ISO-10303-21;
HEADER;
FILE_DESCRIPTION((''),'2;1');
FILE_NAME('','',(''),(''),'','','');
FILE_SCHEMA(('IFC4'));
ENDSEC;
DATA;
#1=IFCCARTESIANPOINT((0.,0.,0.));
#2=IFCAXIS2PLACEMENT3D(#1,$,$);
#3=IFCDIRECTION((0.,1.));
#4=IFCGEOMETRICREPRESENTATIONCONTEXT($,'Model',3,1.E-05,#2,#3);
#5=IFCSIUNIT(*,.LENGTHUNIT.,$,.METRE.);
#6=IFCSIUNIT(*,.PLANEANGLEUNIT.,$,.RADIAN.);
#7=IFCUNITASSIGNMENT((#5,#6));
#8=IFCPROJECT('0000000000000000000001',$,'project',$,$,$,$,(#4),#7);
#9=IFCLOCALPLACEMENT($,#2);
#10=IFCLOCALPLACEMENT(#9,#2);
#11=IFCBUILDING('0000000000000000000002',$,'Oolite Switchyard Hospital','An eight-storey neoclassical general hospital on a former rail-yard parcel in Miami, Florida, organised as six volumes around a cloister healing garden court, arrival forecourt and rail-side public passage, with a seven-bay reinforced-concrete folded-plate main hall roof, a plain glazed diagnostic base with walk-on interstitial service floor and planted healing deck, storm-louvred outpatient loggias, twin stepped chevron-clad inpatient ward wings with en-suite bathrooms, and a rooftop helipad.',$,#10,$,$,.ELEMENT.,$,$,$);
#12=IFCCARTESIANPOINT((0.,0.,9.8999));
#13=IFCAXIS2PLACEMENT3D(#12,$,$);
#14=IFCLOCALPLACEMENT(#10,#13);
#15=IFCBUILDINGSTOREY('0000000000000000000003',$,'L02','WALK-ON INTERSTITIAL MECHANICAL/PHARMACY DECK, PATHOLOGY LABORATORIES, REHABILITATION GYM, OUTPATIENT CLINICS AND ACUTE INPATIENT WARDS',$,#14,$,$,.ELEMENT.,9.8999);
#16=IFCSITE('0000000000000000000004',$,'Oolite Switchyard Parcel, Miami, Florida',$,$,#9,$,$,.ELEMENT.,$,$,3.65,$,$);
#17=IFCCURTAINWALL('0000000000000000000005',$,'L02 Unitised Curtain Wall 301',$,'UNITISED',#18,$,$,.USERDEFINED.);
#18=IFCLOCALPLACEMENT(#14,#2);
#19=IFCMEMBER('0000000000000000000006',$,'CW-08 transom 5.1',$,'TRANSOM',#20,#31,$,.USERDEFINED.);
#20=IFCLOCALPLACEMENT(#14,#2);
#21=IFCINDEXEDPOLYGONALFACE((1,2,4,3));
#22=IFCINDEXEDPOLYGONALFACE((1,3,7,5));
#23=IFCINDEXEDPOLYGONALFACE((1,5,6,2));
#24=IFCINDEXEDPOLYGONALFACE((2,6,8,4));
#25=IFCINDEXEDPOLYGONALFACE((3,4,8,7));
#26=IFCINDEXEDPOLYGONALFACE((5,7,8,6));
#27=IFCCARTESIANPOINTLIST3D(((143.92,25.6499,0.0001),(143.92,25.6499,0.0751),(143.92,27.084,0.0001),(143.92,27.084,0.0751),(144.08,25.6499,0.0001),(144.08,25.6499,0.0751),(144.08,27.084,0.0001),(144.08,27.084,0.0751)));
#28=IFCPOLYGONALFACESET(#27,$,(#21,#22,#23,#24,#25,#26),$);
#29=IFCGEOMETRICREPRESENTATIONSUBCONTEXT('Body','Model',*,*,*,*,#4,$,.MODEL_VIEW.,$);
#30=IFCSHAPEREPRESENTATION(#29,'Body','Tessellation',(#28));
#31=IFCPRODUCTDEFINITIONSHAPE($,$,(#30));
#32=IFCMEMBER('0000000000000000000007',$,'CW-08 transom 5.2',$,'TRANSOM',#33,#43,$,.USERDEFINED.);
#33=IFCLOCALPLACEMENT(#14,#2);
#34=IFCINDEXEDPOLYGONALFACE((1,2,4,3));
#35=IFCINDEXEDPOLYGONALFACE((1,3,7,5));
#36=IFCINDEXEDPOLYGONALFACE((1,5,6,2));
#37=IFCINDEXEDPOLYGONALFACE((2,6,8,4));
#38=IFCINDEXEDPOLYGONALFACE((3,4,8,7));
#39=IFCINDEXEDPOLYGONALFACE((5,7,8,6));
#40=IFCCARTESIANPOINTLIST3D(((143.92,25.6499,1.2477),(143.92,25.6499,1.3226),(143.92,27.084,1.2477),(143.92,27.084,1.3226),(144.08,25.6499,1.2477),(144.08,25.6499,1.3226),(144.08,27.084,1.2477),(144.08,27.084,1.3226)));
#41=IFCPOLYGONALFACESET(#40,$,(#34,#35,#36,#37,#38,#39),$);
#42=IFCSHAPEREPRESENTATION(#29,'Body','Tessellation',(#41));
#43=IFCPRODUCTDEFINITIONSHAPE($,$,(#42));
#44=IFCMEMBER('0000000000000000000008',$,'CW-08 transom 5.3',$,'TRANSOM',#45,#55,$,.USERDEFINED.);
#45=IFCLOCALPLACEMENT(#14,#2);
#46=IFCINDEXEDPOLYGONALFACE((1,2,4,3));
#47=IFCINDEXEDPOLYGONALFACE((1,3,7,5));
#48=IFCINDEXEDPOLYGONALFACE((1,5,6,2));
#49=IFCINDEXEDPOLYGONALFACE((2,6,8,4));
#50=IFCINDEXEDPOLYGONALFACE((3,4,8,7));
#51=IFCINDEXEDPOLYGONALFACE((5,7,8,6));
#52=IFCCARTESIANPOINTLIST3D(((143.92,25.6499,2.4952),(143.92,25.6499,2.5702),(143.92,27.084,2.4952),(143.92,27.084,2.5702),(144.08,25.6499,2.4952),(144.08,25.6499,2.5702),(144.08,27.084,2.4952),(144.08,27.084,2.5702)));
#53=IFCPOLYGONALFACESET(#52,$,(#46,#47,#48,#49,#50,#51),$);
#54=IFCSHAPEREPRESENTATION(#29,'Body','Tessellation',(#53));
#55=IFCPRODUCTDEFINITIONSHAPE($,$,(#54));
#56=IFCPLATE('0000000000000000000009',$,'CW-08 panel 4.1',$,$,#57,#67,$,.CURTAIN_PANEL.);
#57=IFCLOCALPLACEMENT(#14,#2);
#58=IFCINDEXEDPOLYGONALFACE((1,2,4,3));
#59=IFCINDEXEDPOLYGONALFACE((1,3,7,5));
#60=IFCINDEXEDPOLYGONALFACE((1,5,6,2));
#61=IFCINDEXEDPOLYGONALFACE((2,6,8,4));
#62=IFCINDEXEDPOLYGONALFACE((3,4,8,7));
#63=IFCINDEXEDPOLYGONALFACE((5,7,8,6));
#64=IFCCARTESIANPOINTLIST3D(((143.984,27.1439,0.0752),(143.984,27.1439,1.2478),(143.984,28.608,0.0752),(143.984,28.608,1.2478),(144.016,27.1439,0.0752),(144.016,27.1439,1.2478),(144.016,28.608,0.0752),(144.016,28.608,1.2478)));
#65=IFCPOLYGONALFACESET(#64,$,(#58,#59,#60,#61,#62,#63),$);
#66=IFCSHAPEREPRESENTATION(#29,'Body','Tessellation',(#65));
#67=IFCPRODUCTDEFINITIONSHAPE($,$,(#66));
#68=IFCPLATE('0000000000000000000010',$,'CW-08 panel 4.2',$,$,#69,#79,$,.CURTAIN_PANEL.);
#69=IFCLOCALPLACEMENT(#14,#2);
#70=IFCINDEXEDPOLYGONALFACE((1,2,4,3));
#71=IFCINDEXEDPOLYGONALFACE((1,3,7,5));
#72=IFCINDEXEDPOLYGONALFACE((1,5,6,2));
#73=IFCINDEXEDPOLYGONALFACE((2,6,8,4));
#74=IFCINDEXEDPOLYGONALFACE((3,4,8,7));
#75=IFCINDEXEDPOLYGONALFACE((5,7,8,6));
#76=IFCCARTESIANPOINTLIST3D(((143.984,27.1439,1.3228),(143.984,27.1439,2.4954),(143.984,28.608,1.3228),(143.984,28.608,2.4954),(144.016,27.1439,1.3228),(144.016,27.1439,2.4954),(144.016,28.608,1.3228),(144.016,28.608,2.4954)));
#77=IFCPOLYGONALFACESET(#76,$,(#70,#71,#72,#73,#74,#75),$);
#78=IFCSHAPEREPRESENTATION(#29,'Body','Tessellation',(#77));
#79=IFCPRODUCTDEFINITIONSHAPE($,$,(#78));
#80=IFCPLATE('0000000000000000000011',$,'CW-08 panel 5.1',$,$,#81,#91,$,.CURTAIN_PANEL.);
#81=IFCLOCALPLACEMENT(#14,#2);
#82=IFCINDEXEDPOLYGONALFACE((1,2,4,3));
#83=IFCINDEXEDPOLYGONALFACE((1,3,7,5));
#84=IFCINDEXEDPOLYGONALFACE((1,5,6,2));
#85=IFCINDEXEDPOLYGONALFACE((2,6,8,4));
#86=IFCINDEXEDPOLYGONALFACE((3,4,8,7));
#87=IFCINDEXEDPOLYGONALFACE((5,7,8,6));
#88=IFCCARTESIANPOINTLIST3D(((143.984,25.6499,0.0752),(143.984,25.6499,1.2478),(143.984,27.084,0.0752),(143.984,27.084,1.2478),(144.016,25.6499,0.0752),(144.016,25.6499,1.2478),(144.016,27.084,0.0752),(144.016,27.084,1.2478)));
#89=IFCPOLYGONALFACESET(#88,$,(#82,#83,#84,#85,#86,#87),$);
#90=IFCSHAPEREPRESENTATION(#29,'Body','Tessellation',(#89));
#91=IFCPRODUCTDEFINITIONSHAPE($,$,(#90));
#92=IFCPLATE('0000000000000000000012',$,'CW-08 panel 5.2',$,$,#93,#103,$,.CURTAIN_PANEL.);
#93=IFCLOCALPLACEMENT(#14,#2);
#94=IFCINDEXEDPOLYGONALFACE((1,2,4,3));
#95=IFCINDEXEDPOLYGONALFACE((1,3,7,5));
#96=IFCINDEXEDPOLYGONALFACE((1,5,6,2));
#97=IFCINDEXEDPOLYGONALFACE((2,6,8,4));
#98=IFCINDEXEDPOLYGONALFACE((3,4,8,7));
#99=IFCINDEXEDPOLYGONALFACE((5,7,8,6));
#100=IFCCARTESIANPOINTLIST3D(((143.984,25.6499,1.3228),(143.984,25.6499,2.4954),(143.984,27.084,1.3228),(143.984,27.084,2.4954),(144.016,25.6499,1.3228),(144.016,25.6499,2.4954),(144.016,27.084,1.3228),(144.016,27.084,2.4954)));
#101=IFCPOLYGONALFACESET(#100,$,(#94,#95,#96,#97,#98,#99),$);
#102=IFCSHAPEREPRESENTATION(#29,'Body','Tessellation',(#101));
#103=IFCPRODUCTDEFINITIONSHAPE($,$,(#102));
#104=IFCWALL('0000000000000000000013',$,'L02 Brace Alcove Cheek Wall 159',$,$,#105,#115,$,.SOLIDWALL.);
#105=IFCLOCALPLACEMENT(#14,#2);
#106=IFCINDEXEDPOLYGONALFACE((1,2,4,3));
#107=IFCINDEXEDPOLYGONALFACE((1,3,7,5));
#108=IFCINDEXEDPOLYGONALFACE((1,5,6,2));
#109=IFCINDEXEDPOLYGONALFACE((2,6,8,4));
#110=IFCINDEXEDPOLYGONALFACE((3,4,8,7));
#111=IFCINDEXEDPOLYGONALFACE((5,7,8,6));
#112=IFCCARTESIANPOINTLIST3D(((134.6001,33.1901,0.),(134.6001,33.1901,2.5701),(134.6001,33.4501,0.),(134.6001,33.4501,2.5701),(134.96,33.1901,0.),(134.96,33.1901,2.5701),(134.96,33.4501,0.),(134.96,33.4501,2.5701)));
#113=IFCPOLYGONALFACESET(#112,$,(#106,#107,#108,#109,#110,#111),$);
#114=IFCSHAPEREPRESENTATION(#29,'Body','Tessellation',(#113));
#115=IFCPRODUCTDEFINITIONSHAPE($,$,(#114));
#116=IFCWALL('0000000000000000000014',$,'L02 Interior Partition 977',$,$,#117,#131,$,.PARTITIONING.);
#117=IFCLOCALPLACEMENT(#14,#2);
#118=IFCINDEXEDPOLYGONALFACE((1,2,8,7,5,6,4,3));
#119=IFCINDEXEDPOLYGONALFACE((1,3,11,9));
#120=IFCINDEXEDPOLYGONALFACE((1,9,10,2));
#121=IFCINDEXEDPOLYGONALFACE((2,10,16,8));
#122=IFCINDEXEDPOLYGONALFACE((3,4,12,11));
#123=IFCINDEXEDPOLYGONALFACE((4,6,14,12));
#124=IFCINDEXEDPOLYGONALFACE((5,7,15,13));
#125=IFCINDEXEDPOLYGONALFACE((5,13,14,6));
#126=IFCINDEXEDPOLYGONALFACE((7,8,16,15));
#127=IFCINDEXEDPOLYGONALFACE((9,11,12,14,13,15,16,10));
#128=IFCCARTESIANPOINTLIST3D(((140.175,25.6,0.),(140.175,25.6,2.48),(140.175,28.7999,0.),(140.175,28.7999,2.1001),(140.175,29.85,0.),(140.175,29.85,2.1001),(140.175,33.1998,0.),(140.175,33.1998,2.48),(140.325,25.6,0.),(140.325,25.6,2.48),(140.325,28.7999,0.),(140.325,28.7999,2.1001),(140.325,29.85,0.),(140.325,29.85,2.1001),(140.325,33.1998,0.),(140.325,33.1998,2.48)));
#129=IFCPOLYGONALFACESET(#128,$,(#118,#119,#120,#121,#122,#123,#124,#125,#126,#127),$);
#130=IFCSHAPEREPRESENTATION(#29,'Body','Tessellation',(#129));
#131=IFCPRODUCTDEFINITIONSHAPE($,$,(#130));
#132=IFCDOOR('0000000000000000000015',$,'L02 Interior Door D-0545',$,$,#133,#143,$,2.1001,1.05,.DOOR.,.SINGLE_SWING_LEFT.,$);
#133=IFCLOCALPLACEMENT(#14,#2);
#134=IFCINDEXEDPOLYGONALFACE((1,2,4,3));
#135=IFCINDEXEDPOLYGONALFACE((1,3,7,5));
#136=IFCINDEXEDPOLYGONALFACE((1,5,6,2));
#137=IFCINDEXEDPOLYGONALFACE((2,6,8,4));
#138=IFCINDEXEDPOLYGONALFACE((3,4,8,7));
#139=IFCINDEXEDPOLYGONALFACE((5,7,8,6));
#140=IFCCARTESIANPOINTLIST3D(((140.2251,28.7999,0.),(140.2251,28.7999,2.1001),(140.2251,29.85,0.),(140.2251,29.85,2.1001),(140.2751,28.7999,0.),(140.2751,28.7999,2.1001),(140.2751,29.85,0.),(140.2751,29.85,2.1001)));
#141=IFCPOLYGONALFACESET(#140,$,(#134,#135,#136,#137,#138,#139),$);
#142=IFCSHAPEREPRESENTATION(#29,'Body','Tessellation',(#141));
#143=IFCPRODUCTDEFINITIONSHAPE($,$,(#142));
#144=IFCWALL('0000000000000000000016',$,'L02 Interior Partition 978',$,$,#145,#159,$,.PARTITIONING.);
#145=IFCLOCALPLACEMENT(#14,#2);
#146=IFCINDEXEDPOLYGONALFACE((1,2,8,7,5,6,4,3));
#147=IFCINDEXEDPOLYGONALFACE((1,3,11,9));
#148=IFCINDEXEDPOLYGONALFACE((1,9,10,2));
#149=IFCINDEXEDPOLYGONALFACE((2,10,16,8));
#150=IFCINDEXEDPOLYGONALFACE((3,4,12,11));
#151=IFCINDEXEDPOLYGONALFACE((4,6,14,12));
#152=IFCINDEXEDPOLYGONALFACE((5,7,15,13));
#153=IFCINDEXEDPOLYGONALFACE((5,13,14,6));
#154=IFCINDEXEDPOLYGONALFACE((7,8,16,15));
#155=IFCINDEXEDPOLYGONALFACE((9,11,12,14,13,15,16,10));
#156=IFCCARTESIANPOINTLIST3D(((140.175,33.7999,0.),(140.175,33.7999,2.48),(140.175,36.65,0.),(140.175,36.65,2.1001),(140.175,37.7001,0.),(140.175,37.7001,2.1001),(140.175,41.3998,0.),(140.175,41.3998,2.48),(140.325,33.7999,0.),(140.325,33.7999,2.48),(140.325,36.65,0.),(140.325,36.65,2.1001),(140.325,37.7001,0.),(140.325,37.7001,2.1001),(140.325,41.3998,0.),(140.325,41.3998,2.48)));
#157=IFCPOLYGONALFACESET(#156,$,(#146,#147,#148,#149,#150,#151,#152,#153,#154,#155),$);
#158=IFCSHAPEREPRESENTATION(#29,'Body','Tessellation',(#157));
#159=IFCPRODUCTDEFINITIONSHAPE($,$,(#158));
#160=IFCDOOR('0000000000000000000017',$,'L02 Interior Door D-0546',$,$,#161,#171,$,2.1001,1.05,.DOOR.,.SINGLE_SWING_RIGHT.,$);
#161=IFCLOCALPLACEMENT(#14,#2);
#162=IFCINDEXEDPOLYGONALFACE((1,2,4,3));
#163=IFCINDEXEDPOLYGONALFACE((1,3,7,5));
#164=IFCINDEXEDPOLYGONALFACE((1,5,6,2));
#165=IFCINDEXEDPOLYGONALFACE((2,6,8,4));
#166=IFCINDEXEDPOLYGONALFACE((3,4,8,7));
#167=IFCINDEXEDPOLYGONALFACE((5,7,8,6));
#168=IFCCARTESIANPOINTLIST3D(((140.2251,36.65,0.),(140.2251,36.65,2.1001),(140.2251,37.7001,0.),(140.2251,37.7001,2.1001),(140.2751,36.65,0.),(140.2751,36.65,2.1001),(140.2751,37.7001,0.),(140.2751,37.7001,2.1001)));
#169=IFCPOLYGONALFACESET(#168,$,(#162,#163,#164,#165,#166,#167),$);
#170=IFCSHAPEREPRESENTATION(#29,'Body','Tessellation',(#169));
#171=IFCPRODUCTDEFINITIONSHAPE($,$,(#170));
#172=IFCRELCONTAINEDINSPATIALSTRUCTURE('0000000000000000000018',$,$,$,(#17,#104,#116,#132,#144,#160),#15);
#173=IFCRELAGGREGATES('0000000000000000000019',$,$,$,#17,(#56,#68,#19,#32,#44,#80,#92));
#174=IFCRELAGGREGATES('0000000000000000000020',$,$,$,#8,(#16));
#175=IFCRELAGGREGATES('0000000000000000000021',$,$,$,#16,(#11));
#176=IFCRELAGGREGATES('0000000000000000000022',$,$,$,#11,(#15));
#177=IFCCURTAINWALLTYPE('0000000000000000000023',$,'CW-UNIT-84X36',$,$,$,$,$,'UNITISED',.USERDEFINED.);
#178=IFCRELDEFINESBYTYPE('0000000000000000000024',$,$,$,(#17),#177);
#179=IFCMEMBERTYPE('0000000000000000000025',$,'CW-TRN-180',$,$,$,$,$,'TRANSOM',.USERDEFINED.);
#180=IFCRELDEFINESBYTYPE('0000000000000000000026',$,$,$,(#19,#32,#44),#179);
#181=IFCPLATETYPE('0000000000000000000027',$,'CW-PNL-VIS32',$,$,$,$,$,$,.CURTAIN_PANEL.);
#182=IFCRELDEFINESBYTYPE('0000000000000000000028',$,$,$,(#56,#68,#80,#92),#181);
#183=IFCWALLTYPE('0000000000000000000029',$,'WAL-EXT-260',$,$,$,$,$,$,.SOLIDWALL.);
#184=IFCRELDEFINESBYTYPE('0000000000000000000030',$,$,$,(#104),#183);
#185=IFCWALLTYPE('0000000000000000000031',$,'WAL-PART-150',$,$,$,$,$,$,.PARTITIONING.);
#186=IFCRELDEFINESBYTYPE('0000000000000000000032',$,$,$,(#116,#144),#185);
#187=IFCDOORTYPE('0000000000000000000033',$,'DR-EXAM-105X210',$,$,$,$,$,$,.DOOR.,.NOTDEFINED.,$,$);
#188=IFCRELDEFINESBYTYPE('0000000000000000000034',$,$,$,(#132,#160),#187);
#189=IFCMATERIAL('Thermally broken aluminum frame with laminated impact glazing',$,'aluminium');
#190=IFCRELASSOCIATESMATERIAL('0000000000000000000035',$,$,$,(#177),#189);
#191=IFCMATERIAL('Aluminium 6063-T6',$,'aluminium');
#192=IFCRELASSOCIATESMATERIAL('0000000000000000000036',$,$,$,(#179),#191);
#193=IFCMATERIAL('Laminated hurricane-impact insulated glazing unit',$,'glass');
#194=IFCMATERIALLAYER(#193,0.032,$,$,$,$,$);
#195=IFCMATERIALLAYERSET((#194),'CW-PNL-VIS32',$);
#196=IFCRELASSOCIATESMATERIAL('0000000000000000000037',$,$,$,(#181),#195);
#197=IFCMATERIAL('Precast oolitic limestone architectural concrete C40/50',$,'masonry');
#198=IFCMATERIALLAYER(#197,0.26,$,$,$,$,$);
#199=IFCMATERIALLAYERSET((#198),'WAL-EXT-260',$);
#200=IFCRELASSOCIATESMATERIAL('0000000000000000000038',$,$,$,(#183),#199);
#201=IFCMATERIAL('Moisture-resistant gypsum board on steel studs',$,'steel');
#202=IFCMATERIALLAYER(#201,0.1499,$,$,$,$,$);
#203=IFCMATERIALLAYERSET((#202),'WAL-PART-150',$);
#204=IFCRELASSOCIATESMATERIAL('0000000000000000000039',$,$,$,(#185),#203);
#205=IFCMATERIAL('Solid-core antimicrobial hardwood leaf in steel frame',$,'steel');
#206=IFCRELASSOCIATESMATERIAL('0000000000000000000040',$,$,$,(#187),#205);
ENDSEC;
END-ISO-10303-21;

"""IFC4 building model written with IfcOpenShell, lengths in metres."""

from ifc_helpers import new_model, si_unit, direction, frame, frame_2d, origin, origin_2d, place, context, subcontext, project, spatial, rectangle, extrude, material, layer, layer_set, material_profile, profile_set, type_object, element, fill, aggregate, save


model = new_model("IFC4")

# Units and contexts
model_context = context("Model", 3, precision=1e-05, world=origin(), true_north=direction((0.0, 1.0)))
body_context = subcontext(model_context, "Body", "Model", "MODEL_VIEW")
ifc_project = project(units=[si_unit("LENGTHUNIT", "METRE"), si_unit("PLANEANGLEUNIT", "RADIAN")], contexts=[model_context])

# Site, building, storey
site_placement = place(None, origin())
site = spatial("IfcSite", under=ifc_project, at=site_placement, Name="Oolite Switchyard Parcel, Miami, Florida", CompositionType="ELEMENT", RefElevation=3.65)
building_placement = place(site_placement, origin())
building = spatial("IfcBuilding", under=site, at=building_placement, Name="Oolite Switchyard Hospital", Description="An eight-storey neoclassical general hospital on a former rail-yard parcel in Miami, Florida, organised as six volumes around a cloister healing garden court, arrival forecourt and rail-side public passage, with a seven-bay reinforced-concrete folded-plate main hall roof, a plain glazed diagnostic base with walk-on interstitial service floor and planted healing deck, storm-louvred outpatient loggias, twin stepped chevron-clad inpatient ward wings with en-suite bathrooms, and a rooftop helipad.", CompositionType="ELEMENT")
storey_placement = place(building_placement, frame((0.0, 0.0, 9.8999)))
storey = spatial("IfcBuildingStorey", under=building, at=storey_placement, Name="L02", Description="WALK-ON INTERSTITIAL MECHANICAL/PHARMACY DECK, PATHOLOGY LABORATORIES, REHABILITATION GYM, OUTPATIENT CLINICS AND ACUTE INPATIENT WARDS", CompositionType="ELEMENT", Elevation=9.8999)

# Curtain wall, members, plates
ifc_material_1 = material(Name="Thermally broken aluminum frame with laminated impact glazing", Category="aluminium")
curtain_wall_type = type_object("IfcCurtainWallType", Name="CW-UNIT-84X36", ElementType="UNITISED", PredefinedType="USERDEFINED", material=ifc_material_1)
curtain_wall_placement = place(storey_placement, origin())
curtain_wall = element("IfcCurtainWall", 1, at=curtain_wall_placement, inside=storey, type_object=curtain_wall_type, Name="L02 Unitised Curtain Wall 301", ObjectType="UNITISED", PredefinedType="USERDEFINED")
ifc_material_2 = material(Name="Aluminium 6063-T6", Category="aluminium")
ifc_material_profile_1 = material_profile(ifc_material_2, rectangle(XDim=0.1599, YDim=0.075, at=origin_2d()), Name="CWT75X160")
ifc_profile_set_1 = profile_set([ifc_material_profile_1], Name="Aluminium 6063-T6")
member_type_1 = type_object("IfcMemberType", Name="CW-TRN-180", ElementType="TRANSOM", PredefinedType="USERDEFINED", material=ifc_profile_set_1)
member_1_placement = place(storey_placement, frame((144.0, 27.084, 0.0376), z_axis=(0.0, -1.0, 0.0), x_axis=(1.0, 0.0, 0.0)))
member_1 = element("IfcMember", 2, at=member_1_placement, type_object=member_type_1, Name="CW-08 transom 5.1", ObjectType="TRANSOM", PredefinedType="USERDEFINED", context=body_context, shape_type="SweptSolid", body=[
    extrude(rectangle(XDim=0.1599, YDim=0.075, at=origin_2d()), origin(), (0.0, 0.0, 1.0), 1.4341),
])
member_2_placement = place(storey_placement, frame((144.0, 27.084, 1.2852), z_axis=(0.0, -1.0, 0.0), x_axis=(1.0, 0.0, 0.0)))
member_2 = element("IfcMember", 3, at=member_2_placement, type_object=member_type_1, Name="CW-08 transom 5.2", ObjectType="TRANSOM", PredefinedType="USERDEFINED", context=body_context, shape_type="SweptSolid", body=[
    extrude(rectangle(XDim=0.1599, YDim=0.075, at=origin_2d()), origin(), (0.0, 0.0, 1.0), 1.4341),
])
member_3_placement = place(storey_placement, frame((144.0, 27.084, 2.5327), z_axis=(0.0, -1.0, 0.0), x_axis=(1.0, 0.0, 0.0)))
member_3 = element("IfcMember", 4, at=member_3_placement, type_object=member_type_1, Name="CW-08 transom 5.3", ObjectType="TRANSOM", PredefinedType="USERDEFINED", context=body_context, shape_type="SweptSolid", body=[
    extrude(rectangle(XDim=0.1599, YDim=0.075, at=origin_2d()), origin(), (0.0, 0.0, 1.0), 1.4341),
])
ifc_material_3 = material(Name="Laminated hurricane-impact insulated glazing unit", Category="glass")
ifc_layer_1 = layer(ifc_material_3, 0.032)
ifc_layer_set_1 = layer_set([ifc_layer_1], Name="CW-PNL-VIS32")
plate_type = type_object("IfcPlateType", Name="CW-PNL-VIS32", PredefinedType="CURTAIN_PANEL", material=ifc_layer_set_1)
plate_1_placement = place(storey_placement, frame((144.0, 27.876, 0.0752), z_axis=(0.0, 0.0, 1.0), x_axis=(0.0, -1.0, 0.0)))
plate_1 = element("IfcPlate", 5, at=plate_1_placement, type_object=plate_type, Name="CW-08 panel 4.1", PredefinedType="CURTAIN_PANEL", context=body_context, shape_type="SweptSolid", body=[
    extrude(rectangle(XDim=1.4641, YDim=0.032, at=origin_2d()), origin(), (0.0, 0.0, 1.0), 1.1726),
])
plate_2_placement = place(storey_placement, frame((144.0, 27.876, 1.3228), z_axis=(0.0, 0.0, 1.0), x_axis=(0.0, -1.0, 0.0)))
plate_2 = element("IfcPlate", 6, at=plate_2_placement, type_object=plate_type, Name="CW-08 panel 4.2", PredefinedType="CURTAIN_PANEL", context=body_context, shape_type="SweptSolid", body=[
    extrude(rectangle(XDim=1.4641, YDim=0.032, at=origin_2d()), origin(), (0.0, 0.0, 1.0), 1.1726),
])
plate_3_placement = place(storey_placement, frame((144.0, 26.3669, 0.0752), z_axis=(0.0, 0.0, 1.0), x_axis=(0.0, -1.0, 0.0)))
plate_3 = element("IfcPlate", 7, at=plate_3_placement, type_object=plate_type, Name="CW-08 panel 5.1", PredefinedType="CURTAIN_PANEL", context=body_context, shape_type="SweptSolid", body=[
    extrude(rectangle(XDim=1.4341, YDim=0.032, at=origin_2d()), origin(), (0.0, 0.0, 1.0), 1.1726),
])
plate_4_placement = place(storey_placement, frame((144.0, 26.3669, 1.3228), z_axis=(0.0, 0.0, 1.0), x_axis=(0.0, -1.0, 0.0)))
plate_4 = element("IfcPlate", 8, at=plate_4_placement, type_object=plate_type, Name="CW-08 panel 5.2", PredefinedType="CURTAIN_PANEL", context=body_context, shape_type="SweptSolid", body=[
    extrude(rectangle(XDim=1.4341, YDim=0.032, at=origin_2d()), origin(), (0.0, 0.0, 1.0), 1.1726),
])
aggregate(curtain_wall, [plate_1, plate_2, member_1, member_2, member_3, plate_3, plate_4])

# Wall
ifc_material_4 = material(Name="Precast oolitic limestone architectural concrete C40/50", Category="masonry")
ifc_layer_2 = layer(ifc_material_4, 0.26)
ifc_layer_set_2 = layer_set([ifc_layer_2], Name="WAL-EXT-260")
wall_type_1 = type_object("IfcWallType", Name="WAL-EXT-260", PredefinedType="SOLIDWALL", material=ifc_layer_set_2)
wall_1_placement = place(storey_placement, frame((134.6001, 33.3201, 0.0), z_axis=(0.0, 0.0, 1.0), x_axis=(1.0, 0.0, 0.0)))
element("IfcWall", 9, at=wall_1_placement, inside=storey, type_object=wall_type_1, Name="L02 Brace Alcove Cheek Wall 159", PredefinedType="SOLIDWALL", context=body_context, shape_type="SweptSolid", body=[
    extrude(rectangle(XDim=0.3599, YDim=0.26, at=frame_2d((0.1799, 0.0))), origin(), (0.0, 0.0, 1.0), 2.5701),
])

# Walls, openings, doors
ifc_material_5 = material(Name="Moisture-resistant gypsum board on steel studs", Category="steel")
ifc_layer_3 = layer(ifc_material_5, 0.1499)
ifc_layer_set_3 = layer_set([ifc_layer_3], Name="WAL-PART-150")
wall_type_2 = type_object("IfcWallType", Name="WAL-PART-150", PredefinedType="PARTITIONING", material=ifc_layer_set_3)
wall_2_placement = place(storey_placement, frame((140.25, 25.6001, 0.0), z_axis=(0.0, 0.0, 1.0), x_axis=(0.0, 1.0, 0.0)))
wall_2 = element("IfcWall", 10, at=wall_2_placement, inside=storey, type_object=wall_type_2, Name="L02 Interior Partition 977", PredefinedType="PARTITIONING", context=body_context, shape_type="SweptSolid", body=[
    extrude(rectangle(XDim=7.5999, YDim=0.1499, at=frame_2d((3.7998, 0.0))), origin(), (0.0, 0.0, 1.0), 2.48),
])
opening_1_placement = place(wall_2_placement, frame((3.2, 0.0, 0.0)))
opening_1 = element("IfcOpeningElement", 11, at=opening_1_placement, cuts=wall_2, PredefinedType="OPENING", context=body_context, shape_type="SweptSolid", body=[
    extrude(rectangle(XDim=1.05, YDim=2.1001, at=frame_2d((0.5249, 1.05))), frame((0.0, 0.085, 0.0), z_axis=(0.0, -1.0, 0.0), x_axis=(1.0, 0.0, 0.0)), (0.0, 0.0, 1.0), 0.1699),
])
ifc_material_6 = material(Name="Solid-core antimicrobial hardwood leaf in steel frame", Category="steel")
door_type = type_object("IfcDoorType", Name="DR-EXAM-105X210", OperationType="NOTDEFINED", PredefinedType="DOOR", material=ifc_material_6)
door_1_placement = place(opening_1_placement, origin())
door_1 = element("IfcDoor", 12, at=door_1_placement, inside=storey, type_object=door_type, Name="L02 Interior Door D-0545", OperationType="SINGLE_SWING_LEFT", OverallHeight=2.1001, OverallWidth=1.05, PredefinedType="DOOR", context=body_context, shape_type="SweptSolid", body=[
    extrude(rectangle(XDim=1.05, YDim=2.1001, at=frame_2d((0.5249, 1.05))), frame((0.0, 0.0249, 0.0), z_axis=(0.0, -1.0, 0.0), x_axis=(1.0, 0.0, 0.0)), (0.0, 0.0, 1.0), 0.05),
])
fill(opening_1, door_1)
wall_3_placement = place(storey_placement, frame((140.25, 33.8, 0.0), z_axis=(0.0, 0.0, 1.0), x_axis=(0.0, 1.0, 0.0)))
wall_3 = element("IfcWall", 13, at=wall_3_placement, inside=storey, type_object=wall_type_2, Name="L02 Interior Partition 978", PredefinedType="PARTITIONING", context=body_context, shape_type="SweptSolid", body=[
    extrude(rectangle(XDim=7.5999, YDim=0.1499, at=frame_2d((3.7998, 0.0))), origin(), (0.0, 0.0, 1.0), 2.48),
])
opening_2_placement = place(wall_3_placement, frame((2.8501, 0.0, 0.0)))
opening_2 = element("IfcOpeningElement", 14, at=opening_2_placement, cuts=wall_3, PredefinedType="OPENING", context=body_context, shape_type="SweptSolid", body=[
    extrude(rectangle(XDim=1.05, YDim=2.1001, at=frame_2d((0.5249, 1.05))), frame((0.0, 0.085, 0.0), z_axis=(0.0, -1.0, 0.0), x_axis=(1.0, 0.0, 0.0)), (0.0, 0.0, 1.0), 0.1699),
])
door_2_placement = place(opening_2_placement, origin())
door_2 = element("IfcDoor", 15, at=door_2_placement, inside=storey, type_object=door_type, Name="L02 Interior Door D-0546", OperationType="SINGLE_SWING_RIGHT", OverallHeight=2.1001, OverallWidth=1.05, PredefinedType="DOOR", context=body_context, shape_type="SweptSolid", body=[
    extrude(rectangle(XDim=1.05, YDim=2.1001, at=frame_2d((0.5249, 1.05))), frame((0.0, 0.0249, 0.0), z_axis=(0.0, -1.0, 0.0), x_axis=(1.0, 0.0, 0.0)), (0.0, 0.0, 1.0), 0.05),
])
fill(opening_2, door_2)

save(model, "model.ifc")
